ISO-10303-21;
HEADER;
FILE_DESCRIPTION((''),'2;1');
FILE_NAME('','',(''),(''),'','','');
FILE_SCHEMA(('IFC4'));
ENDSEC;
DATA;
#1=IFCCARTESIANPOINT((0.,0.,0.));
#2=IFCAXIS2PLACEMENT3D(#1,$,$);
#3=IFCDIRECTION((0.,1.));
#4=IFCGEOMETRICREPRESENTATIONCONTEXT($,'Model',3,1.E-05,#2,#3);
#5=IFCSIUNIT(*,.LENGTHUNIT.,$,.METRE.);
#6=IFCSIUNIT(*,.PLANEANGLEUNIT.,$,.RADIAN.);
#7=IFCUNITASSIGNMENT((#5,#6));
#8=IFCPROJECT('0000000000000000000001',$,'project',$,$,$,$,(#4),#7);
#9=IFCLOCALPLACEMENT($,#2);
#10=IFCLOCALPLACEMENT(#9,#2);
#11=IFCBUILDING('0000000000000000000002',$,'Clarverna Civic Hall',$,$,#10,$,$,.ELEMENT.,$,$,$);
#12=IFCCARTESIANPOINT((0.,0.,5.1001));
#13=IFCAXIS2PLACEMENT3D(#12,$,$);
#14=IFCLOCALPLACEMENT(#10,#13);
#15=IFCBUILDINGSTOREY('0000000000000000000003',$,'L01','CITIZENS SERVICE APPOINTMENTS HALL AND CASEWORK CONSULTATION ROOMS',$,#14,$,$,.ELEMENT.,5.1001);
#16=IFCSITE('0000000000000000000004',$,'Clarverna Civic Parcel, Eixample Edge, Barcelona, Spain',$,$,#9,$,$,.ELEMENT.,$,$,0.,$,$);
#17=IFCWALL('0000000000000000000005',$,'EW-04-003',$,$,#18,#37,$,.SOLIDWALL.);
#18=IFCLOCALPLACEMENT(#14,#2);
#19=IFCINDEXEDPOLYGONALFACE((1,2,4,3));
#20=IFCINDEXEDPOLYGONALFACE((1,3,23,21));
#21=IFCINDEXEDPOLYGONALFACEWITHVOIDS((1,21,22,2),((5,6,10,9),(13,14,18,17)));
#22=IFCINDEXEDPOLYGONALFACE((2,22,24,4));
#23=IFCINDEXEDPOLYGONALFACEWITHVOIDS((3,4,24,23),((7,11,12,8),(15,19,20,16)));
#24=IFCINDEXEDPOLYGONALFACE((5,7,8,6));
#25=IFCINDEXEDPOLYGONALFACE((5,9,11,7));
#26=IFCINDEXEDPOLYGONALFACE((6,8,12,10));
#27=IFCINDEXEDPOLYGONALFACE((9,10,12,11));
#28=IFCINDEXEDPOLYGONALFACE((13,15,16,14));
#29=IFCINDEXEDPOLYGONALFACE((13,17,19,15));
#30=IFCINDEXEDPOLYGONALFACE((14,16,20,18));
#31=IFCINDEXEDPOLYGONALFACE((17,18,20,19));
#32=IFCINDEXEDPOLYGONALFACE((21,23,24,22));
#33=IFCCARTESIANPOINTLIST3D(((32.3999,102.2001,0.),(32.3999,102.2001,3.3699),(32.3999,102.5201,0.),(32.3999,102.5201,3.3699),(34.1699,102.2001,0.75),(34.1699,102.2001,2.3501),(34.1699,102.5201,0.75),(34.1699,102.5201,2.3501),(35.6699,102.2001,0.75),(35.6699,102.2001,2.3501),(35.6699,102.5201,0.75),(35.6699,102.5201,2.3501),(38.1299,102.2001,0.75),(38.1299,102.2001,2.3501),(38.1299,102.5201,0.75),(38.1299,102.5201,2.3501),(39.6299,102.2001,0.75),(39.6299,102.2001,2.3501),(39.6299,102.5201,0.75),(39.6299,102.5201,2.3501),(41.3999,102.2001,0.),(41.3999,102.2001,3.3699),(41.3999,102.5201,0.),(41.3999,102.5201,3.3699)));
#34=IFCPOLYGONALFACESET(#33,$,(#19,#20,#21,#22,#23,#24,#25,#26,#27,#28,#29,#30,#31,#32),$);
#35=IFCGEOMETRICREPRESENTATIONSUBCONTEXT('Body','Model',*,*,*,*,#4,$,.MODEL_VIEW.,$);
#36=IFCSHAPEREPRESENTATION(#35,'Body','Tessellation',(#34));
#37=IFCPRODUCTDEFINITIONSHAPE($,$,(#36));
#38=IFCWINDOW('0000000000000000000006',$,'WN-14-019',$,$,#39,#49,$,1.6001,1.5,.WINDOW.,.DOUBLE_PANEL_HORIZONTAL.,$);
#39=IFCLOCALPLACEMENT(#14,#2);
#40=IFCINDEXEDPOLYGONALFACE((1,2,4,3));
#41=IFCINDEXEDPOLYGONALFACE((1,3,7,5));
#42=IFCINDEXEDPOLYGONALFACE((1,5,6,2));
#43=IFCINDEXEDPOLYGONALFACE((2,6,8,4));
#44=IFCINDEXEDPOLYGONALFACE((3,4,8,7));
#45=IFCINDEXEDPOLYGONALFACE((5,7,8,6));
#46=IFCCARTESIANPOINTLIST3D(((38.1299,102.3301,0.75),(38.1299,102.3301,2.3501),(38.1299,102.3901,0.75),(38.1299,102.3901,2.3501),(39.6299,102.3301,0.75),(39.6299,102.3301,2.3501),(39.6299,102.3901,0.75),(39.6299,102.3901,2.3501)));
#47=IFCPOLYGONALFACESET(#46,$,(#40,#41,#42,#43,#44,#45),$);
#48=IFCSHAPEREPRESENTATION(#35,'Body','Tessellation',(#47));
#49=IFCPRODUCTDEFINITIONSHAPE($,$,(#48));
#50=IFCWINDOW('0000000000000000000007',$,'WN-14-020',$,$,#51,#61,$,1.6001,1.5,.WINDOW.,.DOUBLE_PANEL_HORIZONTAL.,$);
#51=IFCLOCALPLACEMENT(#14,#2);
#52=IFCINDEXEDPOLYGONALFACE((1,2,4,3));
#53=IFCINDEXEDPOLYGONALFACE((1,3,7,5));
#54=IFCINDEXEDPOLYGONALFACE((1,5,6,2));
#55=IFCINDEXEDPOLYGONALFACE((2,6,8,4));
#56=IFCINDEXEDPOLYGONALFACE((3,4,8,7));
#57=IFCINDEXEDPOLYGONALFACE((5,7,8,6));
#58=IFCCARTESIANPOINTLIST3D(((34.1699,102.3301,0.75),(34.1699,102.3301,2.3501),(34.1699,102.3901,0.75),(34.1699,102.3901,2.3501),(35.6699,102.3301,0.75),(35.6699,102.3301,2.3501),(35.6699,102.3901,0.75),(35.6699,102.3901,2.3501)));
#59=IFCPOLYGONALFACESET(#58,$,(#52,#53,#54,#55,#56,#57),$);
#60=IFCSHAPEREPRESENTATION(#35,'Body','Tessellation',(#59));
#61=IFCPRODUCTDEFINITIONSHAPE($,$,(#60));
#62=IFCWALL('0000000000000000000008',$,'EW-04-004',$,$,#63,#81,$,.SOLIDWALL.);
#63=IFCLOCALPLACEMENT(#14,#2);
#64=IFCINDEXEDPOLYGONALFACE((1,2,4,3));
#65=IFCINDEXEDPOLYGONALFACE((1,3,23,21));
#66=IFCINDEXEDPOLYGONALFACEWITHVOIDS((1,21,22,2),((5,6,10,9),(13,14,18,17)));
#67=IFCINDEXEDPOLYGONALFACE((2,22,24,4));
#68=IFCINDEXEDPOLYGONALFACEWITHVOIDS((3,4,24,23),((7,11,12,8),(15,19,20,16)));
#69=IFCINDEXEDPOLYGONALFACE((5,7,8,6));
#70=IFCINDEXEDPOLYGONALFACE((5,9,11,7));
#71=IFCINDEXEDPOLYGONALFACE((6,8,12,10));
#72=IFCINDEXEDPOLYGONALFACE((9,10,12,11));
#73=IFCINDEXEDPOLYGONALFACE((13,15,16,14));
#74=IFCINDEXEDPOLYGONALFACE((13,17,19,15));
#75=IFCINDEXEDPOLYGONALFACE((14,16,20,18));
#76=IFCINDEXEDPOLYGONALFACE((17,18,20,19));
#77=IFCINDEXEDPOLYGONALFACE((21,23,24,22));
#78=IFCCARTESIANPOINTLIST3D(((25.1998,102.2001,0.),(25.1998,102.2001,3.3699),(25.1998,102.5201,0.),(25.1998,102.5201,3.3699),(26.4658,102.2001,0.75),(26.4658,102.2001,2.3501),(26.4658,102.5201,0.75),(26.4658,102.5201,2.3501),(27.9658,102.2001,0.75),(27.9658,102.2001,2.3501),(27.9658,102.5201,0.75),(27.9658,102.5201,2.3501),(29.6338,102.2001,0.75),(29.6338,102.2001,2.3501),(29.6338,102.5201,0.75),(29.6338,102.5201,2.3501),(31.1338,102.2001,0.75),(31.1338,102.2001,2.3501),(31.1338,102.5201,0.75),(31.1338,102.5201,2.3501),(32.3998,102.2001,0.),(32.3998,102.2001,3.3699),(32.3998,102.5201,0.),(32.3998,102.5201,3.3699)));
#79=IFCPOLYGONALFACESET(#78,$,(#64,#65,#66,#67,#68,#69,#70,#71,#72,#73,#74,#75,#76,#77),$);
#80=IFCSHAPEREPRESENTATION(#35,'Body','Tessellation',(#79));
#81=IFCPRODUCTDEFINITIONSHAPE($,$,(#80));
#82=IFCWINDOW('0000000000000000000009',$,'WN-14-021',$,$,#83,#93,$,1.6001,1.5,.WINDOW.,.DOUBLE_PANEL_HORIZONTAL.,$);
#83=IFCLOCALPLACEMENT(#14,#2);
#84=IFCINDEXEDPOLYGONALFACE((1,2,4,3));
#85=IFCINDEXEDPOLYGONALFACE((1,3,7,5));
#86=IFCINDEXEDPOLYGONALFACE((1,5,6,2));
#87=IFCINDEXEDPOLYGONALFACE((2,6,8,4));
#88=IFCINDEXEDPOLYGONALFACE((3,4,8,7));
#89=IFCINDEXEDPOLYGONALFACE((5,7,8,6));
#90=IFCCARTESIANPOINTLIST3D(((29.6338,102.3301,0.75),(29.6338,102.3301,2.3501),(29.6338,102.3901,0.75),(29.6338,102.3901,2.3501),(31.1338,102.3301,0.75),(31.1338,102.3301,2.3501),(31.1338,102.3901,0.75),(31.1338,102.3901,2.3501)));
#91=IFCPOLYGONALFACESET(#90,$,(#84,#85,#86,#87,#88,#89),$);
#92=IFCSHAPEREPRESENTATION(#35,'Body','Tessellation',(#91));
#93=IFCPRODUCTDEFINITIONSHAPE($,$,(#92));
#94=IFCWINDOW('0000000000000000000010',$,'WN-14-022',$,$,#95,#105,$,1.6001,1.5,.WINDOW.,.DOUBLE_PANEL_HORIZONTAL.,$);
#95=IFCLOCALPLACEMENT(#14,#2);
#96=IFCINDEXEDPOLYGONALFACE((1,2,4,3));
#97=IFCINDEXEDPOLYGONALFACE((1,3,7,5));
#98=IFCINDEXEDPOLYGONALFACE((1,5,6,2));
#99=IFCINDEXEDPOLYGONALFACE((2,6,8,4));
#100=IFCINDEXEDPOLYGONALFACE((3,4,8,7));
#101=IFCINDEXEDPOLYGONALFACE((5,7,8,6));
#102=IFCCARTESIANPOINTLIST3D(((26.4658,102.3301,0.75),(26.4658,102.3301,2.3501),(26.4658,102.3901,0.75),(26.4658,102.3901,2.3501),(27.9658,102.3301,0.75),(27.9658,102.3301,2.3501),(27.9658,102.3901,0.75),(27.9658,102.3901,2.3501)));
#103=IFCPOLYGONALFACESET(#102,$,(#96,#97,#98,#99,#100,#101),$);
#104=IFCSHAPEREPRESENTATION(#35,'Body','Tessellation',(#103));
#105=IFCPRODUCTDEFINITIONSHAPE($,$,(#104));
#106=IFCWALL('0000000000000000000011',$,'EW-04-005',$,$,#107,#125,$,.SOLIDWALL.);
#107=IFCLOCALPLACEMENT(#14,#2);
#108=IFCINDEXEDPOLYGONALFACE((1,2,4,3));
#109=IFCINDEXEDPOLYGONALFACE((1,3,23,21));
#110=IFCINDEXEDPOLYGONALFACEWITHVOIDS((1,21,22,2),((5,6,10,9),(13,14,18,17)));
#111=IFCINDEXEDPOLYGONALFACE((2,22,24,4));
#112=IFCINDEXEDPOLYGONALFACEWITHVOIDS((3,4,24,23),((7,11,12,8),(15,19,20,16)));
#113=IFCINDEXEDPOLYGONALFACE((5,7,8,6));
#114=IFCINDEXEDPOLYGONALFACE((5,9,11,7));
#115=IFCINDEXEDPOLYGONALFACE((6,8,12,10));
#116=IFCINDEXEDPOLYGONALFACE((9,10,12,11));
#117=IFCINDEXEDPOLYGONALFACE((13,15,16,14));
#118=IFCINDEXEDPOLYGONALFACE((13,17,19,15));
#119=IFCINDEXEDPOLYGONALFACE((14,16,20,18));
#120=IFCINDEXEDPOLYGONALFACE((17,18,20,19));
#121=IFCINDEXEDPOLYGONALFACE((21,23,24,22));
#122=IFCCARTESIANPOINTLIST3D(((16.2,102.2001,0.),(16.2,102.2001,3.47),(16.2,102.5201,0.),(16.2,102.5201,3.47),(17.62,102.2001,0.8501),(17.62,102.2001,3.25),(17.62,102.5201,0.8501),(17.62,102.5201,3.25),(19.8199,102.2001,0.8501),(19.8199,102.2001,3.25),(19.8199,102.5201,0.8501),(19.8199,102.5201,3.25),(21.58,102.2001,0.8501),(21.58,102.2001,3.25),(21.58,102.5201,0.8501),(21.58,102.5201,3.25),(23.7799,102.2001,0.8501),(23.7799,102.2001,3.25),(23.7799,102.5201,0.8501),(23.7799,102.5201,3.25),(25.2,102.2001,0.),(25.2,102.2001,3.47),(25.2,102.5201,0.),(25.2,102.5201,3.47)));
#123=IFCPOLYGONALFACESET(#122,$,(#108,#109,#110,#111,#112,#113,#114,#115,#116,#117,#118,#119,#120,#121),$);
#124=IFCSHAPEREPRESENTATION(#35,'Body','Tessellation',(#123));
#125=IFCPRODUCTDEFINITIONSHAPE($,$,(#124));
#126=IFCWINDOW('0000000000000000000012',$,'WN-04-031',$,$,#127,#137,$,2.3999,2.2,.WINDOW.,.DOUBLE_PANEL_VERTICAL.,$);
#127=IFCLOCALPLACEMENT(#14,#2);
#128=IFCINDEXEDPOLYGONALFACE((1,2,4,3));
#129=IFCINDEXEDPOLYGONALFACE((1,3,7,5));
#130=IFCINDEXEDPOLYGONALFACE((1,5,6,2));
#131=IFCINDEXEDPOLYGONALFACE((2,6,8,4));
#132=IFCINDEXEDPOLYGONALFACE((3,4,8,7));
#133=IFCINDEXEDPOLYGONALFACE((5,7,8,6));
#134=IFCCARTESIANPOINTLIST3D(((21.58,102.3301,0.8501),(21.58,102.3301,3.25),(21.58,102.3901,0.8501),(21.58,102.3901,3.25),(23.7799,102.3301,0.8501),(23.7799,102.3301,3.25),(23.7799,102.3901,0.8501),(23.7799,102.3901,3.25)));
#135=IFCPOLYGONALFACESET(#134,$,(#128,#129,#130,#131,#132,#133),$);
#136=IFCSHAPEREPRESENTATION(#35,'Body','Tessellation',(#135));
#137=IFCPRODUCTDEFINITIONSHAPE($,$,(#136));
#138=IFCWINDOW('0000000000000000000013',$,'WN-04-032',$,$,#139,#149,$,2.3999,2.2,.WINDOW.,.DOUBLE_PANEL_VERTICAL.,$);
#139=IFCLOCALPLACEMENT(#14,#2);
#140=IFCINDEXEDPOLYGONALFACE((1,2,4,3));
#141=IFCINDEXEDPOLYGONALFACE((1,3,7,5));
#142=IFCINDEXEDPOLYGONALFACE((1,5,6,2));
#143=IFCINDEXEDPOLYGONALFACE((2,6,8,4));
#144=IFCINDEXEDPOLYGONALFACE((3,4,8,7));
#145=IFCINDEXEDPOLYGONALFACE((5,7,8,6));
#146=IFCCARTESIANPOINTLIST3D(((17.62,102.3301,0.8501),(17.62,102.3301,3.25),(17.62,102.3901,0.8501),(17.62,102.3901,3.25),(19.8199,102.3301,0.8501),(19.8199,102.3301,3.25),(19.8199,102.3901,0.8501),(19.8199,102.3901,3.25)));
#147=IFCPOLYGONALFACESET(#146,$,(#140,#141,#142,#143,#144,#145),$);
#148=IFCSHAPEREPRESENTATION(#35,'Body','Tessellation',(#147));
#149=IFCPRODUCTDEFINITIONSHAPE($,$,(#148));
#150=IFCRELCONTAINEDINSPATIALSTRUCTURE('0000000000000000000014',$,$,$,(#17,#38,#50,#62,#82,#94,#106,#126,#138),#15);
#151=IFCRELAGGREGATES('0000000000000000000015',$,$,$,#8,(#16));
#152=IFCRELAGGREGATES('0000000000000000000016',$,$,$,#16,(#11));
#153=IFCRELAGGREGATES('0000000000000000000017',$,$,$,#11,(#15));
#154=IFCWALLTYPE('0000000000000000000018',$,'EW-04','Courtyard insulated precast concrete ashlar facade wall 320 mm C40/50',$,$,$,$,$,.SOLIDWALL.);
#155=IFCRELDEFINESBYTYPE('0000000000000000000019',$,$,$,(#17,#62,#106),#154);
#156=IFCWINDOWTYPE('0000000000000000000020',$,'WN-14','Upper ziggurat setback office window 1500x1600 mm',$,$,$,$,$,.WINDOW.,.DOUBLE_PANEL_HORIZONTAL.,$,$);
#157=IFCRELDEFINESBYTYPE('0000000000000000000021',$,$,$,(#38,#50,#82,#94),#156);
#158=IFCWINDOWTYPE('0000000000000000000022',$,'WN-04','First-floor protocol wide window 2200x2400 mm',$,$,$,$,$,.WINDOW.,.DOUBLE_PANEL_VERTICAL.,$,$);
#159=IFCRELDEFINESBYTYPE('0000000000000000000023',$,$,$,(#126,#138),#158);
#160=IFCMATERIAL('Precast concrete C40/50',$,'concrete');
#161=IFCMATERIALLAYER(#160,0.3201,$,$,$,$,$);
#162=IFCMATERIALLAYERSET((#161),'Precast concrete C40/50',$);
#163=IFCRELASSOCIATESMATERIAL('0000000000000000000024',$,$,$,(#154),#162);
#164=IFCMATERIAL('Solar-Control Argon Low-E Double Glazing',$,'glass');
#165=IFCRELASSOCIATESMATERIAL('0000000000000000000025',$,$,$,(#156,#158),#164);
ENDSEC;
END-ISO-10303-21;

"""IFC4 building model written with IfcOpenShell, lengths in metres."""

from ifc_helpers import new_model, si_unit, direction, frame, frame_2d, origin, place, context, subcontext, project, spatial, rectangle, extrude, material, layer, layer_set, type_object, element, fill, save


model = new_model("IFC4")

# Units and contexts
model_context = context("Model", 3, precision=1e-05, world=origin(), true_north=direction((0.0, 1.0)))
body_context = subcontext(model_context, "Body", "Model", "MODEL_VIEW")
ifc_project = project(units=[si_unit("LENGTHUNIT", "METRE"), si_unit("PLANEANGLEUNIT", "RADIAN")], contexts=[model_context])

# Site, building, storey
site_placement = place(None, origin())
site = spatial("IfcSite", under=ifc_project, at=site_placement, Name="Clarverna Civic Parcel, Eixample Edge, Barcelona, Spain", CompositionType="ELEMENT", RefElevation=0.0)
building_placement = place(site_placement, origin())
building = spatial("IfcBuilding", under=site, at=building_placement, Name="Clarverna Civic Hall", CompositionType="ELEMENT")
storey_placement = place(building_placement, frame((0.0, 0.0, 5.1001)))
storey = spatial("IfcBuildingStorey", under=building, at=storey_placement, Name="L01", Description="CITIZENS SERVICE APPOINTMENTS HALL AND CASEWORK CONSULTATION ROOMS", CompositionType="ELEMENT", Elevation=5.1001)

# Walls, openings, windows
ifc_material_1 = material(Name="Precast concrete C40/50", Category="concrete")
ifc_layer_1 = layer(ifc_material_1, 0.3201)
ifc_layer_set_1 = layer_set([ifc_layer_1], Name="Precast concrete C40/50")
wall_type_1 = type_object("IfcWallType", Name="EW-04", Description="Courtyard insulated precast concrete ashlar facade wall 320 mm C40/50", PredefinedType="SOLIDWALL", material=ifc_layer_set_1)
wall_1_placement = place(storey_placement, frame((41.3999, 102.3601, 0.0), z_axis=(0.0, 0.0, 1.0), x_axis=(-1.0, 0.0, 0.0)))
wall_1 = element("IfcWall", 1, at=wall_1_placement, inside=storey, type_object=wall_type_1, Name="EW-04-003", PredefinedType="SOLIDWALL", context=body_context, shape_type="SweptSolid", body=[
    extrude(rectangle(XDim=9.0, YDim=0.3201, at=frame_2d((4.5, 0.0))), origin(), (0.0, 0.0, 1.0), 3.3699),
])
opening_1_placement = place(wall_1_placement, frame((1.77, 0.0, 0.75)))
opening_1 = element("IfcOpeningElement", 2, at=opening_1_placement, cuts=wall_1, PredefinedType="OPENING", context=body_context, shape_type="SweptSolid", body=[
    extrude(rectangle(XDim=1.5, YDim=1.6001, at=frame_2d((0.75, 0.8))), frame((0.0, 0.1699, 0.0), z_axis=(0.0, -1.0, 0.0), x_axis=(1.0, 0.0, 0.0)), (0.0, 0.0, 1.0), 0.3401),
])
opening_2_placement = place(wall_1_placement, frame((5.73, 0.0, 0.75)))
opening_2 = element("IfcOpeningElement", 3, at=opening_2_placement, cuts=wall_1, PredefinedType="OPENING", context=body_context, shape_type="SweptSolid", body=[
    extrude(rectangle(XDim=1.5, YDim=1.6001, at=frame_2d((0.75, 0.8))), frame((0.0, 0.1699, 0.0), z_axis=(0.0, -1.0, 0.0), x_axis=(1.0, 0.0, 0.0)), (0.0, 0.0, 1.0), 0.3401),
])
ifc_material_2 = material(Name="Solar-Control Argon Low-E Double Glazing", Category="glass")
window_type_1 = type_object("IfcWindowType", Name="WN-14", Description="Upper ziggurat setback office window 1500x1600 mm", PartitioningType="DOUBLE_PANEL_HORIZONTAL", PredefinedType="WINDOW", material=ifc_material_2)
window_1_placement = place(opening_1_placement, origin())
window_1 = element("IfcWindow", 4, at=window_1_placement, inside=storey, type_object=window_type_1, Name="WN-14-019", OverallHeight=1.6001, OverallWidth=1.5, PartitioningType="DOUBLE_PANEL_HORIZONTAL", PredefinedType="WINDOW", context=body_context, shape_type="SweptSolid", body=[
    extrude(rectangle(XDim=1.5, YDim=1.6001, at=frame_2d((0.75, 0.8))), frame((0.0, 0.03, 0.0), z_axis=(0.0, -1.0, 0.0), x_axis=(1.0, 0.0, 0.0)), (0.0, 0.0, 1.0), 0.0601),
])
fill(opening_1, window_1)
window_2_placement = place(opening_2_placement, origin())
window_2 = element("IfcWindow", 5, at=window_2_placement, inside=storey, type_object=window_type_1, Name="WN-14-020", OverallHeight=1.6001, OverallWidth=1.5, PartitioningType="DOUBLE_PANEL_HORIZONTAL", PredefinedType="WINDOW", context=body_context, shape_type="SweptSolid", body=[
    extrude(rectangle(XDim=1.5, YDim=1.6001, at=frame_2d((0.75, 0.8))), frame((0.0, 0.03, 0.0), z_axis=(0.0, -1.0, 0.0), x_axis=(1.0, 0.0, 0.0)), (0.0, 0.0, 1.0), 0.0601),
])
fill(opening_2, window_2)
wall_2_placement = place(storey_placement, frame((32.3999, 102.3601, 0.0), z_axis=(0.0, 0.0, 1.0), x_axis=(-1.0, 0.0, 0.0)))
wall_2 = element("IfcWall", 6, at=wall_2_placement, inside=storey, type_object=wall_type_1, Name="EW-04-004", PredefinedType="SOLIDWALL", context=body_context, shape_type="SweptSolid", body=[
    extrude(rectangle(XDim=7.2, YDim=0.3201, at=frame_2d((3.6001, 0.0))), origin(), (0.0, 0.0, 1.0), 3.3699),
])
opening_3_placement = place(wall_2_placement, frame((1.2661, 0.0, 0.75)))
opening_3 = element("IfcOpeningElement", 7, at=opening_3_placement, cuts=wall_2, PredefinedType="OPENING", context=body_context, shape_type="SweptSolid", body=[
    extrude(rectangle(XDim=1.5, YDim=1.6001, at=frame_2d((0.75, 0.8))), frame((0.0, 0.1699, 0.0), z_axis=(0.0, -1.0, 0.0), x_axis=(1.0, 0.0, 0.0)), (0.0, 0.0, 1.0), 0.3401),
])
opening_4_placement = place(wall_2_placement, frame((4.4341, 0.0, 0.75)))
opening_4 = element("IfcOpeningElement", 8, at=opening_4_placement, cuts=wall_2, PredefinedType="OPENING", context=body_context, shape_type="SweptSolid", body=[
    extrude(rectangle(XDim=1.5, YDim=1.6001, at=frame_2d((0.75, 0.8))), frame((0.0, 0.1699, 0.0), z_axis=(0.0, -1.0, 0.0), x_axis=(1.0, 0.0, 0.0)), (0.0, 0.0, 1.0), 0.3401),
])
window_3_placement = place(opening_3_placement, origin())
window_3 = element("IfcWindow", 9, at=window_3_placement, inside=storey, type_object=window_type_1, Name="WN-14-021", OverallHeight=1.6001, OverallWidth=1.5, PartitioningType="DOUBLE_PANEL_HORIZONTAL", PredefinedType="WINDOW", context=body_context, shape_type="SweptSolid", body=[
    extrude(rectangle(XDim=1.5, YDim=1.6001, at=frame_2d((0.75, 0.8))), frame((0.0, 0.03, 0.0), z_axis=(0.0, -1.0, 0.0), x_axis=(1.0, 0.0, 0.0)), (0.0, 0.0, 1.0), 0.0601),
])
fill(opening_3, window_3)
window_4_placement = place(opening_4_placement, origin())
window_4 = element("IfcWindow", 10, at=window_4_placement, inside=storey, type_object=window_type_1, Name="WN-14-022", OverallHeight=1.6001, OverallWidth=1.5, PartitioningType="DOUBLE_PANEL_HORIZONTAL", PredefinedType="WINDOW", context=body_context, shape_type="SweptSolid", body=[
    extrude(rectangle(XDim=1.5, YDim=1.6001, at=frame_2d((0.75, 0.8))), frame((0.0, 0.03, 0.0), z_axis=(0.0, -1.0, 0.0), x_axis=(1.0, 0.0, 0.0)), (0.0, 0.0, 1.0), 0.0601),
])
fill(opening_4, window_4)
wall_3_placement = place(storey_placement, frame((25.2, 102.3601, 0.0), z_axis=(0.0, 0.0, 1.0), x_axis=(-1.0, 0.0, 0.0)))
wall_3 = element("IfcWall", 11, at=wall_3_placement, inside=storey, type_object=wall_type_1, Name="EW-04-005", PredefinedType="SOLIDWALL", context=body_context, shape_type="SweptSolid", body=[
    extrude(rectangle(XDim=9.0, YDim=0.3201, at=frame_2d((4.5, 0.0))), origin(), (0.0, 0.0, 1.0), 3.47),
])
opening_5_placement = place(wall_3_placement, frame((1.4199, 0.0, 0.8501)))
opening_5 = element("IfcOpeningElement", 12, at=opening_5_placement, cuts=wall_3, PredefinedType="OPENING", context=body_context, shape_type="SweptSolid", body=[
    extrude(rectangle(XDim=2.2, YDim=2.3999, at=frame_2d((1.1001, 1.2))), frame((0.0, 0.1699, 0.0), z_axis=(0.0, -1.0, 0.0), x_axis=(1.0, 0.0, 0.0)), (0.0, 0.0, 1.0), 0.3401),
])
opening_6_placement = place(wall_3_placement, frame((5.3799, 0.0, 0.8501)))
opening_6 = element("IfcOpeningElement", 13, at=opening_6_placement, cuts=wall_3, PredefinedType="OPENING", context=body_context, shape_type="SweptSolid", body=[
    extrude(rectangle(XDim=2.2, YDim=2.3999, at=frame_2d((1.1001, 1.2))), frame((0.0, 0.1699, 0.0), z_axis=(0.0, -1.0, 0.0), x_axis=(1.0, 0.0, 0.0)), (0.0, 0.0, 1.0), 0.3401),
])
window_type_2 = type_object("IfcWindowType", Name="WN-04", Description="First-floor protocol wide window 2200x2400 mm", PartitioningType="DOUBLE_PANEL_VERTICAL", PredefinedType="WINDOW", material=ifc_material_2)
window_5_placement = place(opening_5_placement, origin())
window_5 = element("IfcWindow", 14, at=window_5_placement, inside=storey, type_object=window_type_2, Name="WN-04-031", OverallHeight=2.3999, OverallWidth=2.2, PartitioningType="DOUBLE_PANEL_VERTICAL", PredefinedType="WINDOW", context=body_context, shape_type="SweptSolid", body=[
    extrude(rectangle(XDim=2.2, YDim=2.3999, at=frame_2d((1.1001, 1.2))), frame((0.0, 0.03, 0.0), z_axis=(0.0, -1.0, 0.0), x_axis=(1.0, 0.0, 0.0)), (0.0, 0.0, 1.0), 0.0601),
])
fill(opening_5, window_5)
window_6_placement = place(opening_6_placement, origin())
window_6 = element("IfcWindow", 15, at=window_6_placement, inside=storey, type_object=window_type_2, Name="WN-04-032", OverallHeight=2.3999, OverallWidth=2.2, PartitioningType="DOUBLE_PANEL_VERTICAL", PredefinedType="WINDOW", context=body_context, shape_type="SweptSolid", body=[
    extrude(rectangle(XDim=2.2, YDim=2.3999, at=frame_2d((1.1001, 1.2))), frame((0.0, 0.03, 0.0), z_axis=(0.0, -1.0, 0.0), x_axis=(1.0, 0.0, 0.0)), (0.0, 0.0, 1.0), 0.0601),
])
fill(opening_6, window_6)

save(model, "model.ifc")
